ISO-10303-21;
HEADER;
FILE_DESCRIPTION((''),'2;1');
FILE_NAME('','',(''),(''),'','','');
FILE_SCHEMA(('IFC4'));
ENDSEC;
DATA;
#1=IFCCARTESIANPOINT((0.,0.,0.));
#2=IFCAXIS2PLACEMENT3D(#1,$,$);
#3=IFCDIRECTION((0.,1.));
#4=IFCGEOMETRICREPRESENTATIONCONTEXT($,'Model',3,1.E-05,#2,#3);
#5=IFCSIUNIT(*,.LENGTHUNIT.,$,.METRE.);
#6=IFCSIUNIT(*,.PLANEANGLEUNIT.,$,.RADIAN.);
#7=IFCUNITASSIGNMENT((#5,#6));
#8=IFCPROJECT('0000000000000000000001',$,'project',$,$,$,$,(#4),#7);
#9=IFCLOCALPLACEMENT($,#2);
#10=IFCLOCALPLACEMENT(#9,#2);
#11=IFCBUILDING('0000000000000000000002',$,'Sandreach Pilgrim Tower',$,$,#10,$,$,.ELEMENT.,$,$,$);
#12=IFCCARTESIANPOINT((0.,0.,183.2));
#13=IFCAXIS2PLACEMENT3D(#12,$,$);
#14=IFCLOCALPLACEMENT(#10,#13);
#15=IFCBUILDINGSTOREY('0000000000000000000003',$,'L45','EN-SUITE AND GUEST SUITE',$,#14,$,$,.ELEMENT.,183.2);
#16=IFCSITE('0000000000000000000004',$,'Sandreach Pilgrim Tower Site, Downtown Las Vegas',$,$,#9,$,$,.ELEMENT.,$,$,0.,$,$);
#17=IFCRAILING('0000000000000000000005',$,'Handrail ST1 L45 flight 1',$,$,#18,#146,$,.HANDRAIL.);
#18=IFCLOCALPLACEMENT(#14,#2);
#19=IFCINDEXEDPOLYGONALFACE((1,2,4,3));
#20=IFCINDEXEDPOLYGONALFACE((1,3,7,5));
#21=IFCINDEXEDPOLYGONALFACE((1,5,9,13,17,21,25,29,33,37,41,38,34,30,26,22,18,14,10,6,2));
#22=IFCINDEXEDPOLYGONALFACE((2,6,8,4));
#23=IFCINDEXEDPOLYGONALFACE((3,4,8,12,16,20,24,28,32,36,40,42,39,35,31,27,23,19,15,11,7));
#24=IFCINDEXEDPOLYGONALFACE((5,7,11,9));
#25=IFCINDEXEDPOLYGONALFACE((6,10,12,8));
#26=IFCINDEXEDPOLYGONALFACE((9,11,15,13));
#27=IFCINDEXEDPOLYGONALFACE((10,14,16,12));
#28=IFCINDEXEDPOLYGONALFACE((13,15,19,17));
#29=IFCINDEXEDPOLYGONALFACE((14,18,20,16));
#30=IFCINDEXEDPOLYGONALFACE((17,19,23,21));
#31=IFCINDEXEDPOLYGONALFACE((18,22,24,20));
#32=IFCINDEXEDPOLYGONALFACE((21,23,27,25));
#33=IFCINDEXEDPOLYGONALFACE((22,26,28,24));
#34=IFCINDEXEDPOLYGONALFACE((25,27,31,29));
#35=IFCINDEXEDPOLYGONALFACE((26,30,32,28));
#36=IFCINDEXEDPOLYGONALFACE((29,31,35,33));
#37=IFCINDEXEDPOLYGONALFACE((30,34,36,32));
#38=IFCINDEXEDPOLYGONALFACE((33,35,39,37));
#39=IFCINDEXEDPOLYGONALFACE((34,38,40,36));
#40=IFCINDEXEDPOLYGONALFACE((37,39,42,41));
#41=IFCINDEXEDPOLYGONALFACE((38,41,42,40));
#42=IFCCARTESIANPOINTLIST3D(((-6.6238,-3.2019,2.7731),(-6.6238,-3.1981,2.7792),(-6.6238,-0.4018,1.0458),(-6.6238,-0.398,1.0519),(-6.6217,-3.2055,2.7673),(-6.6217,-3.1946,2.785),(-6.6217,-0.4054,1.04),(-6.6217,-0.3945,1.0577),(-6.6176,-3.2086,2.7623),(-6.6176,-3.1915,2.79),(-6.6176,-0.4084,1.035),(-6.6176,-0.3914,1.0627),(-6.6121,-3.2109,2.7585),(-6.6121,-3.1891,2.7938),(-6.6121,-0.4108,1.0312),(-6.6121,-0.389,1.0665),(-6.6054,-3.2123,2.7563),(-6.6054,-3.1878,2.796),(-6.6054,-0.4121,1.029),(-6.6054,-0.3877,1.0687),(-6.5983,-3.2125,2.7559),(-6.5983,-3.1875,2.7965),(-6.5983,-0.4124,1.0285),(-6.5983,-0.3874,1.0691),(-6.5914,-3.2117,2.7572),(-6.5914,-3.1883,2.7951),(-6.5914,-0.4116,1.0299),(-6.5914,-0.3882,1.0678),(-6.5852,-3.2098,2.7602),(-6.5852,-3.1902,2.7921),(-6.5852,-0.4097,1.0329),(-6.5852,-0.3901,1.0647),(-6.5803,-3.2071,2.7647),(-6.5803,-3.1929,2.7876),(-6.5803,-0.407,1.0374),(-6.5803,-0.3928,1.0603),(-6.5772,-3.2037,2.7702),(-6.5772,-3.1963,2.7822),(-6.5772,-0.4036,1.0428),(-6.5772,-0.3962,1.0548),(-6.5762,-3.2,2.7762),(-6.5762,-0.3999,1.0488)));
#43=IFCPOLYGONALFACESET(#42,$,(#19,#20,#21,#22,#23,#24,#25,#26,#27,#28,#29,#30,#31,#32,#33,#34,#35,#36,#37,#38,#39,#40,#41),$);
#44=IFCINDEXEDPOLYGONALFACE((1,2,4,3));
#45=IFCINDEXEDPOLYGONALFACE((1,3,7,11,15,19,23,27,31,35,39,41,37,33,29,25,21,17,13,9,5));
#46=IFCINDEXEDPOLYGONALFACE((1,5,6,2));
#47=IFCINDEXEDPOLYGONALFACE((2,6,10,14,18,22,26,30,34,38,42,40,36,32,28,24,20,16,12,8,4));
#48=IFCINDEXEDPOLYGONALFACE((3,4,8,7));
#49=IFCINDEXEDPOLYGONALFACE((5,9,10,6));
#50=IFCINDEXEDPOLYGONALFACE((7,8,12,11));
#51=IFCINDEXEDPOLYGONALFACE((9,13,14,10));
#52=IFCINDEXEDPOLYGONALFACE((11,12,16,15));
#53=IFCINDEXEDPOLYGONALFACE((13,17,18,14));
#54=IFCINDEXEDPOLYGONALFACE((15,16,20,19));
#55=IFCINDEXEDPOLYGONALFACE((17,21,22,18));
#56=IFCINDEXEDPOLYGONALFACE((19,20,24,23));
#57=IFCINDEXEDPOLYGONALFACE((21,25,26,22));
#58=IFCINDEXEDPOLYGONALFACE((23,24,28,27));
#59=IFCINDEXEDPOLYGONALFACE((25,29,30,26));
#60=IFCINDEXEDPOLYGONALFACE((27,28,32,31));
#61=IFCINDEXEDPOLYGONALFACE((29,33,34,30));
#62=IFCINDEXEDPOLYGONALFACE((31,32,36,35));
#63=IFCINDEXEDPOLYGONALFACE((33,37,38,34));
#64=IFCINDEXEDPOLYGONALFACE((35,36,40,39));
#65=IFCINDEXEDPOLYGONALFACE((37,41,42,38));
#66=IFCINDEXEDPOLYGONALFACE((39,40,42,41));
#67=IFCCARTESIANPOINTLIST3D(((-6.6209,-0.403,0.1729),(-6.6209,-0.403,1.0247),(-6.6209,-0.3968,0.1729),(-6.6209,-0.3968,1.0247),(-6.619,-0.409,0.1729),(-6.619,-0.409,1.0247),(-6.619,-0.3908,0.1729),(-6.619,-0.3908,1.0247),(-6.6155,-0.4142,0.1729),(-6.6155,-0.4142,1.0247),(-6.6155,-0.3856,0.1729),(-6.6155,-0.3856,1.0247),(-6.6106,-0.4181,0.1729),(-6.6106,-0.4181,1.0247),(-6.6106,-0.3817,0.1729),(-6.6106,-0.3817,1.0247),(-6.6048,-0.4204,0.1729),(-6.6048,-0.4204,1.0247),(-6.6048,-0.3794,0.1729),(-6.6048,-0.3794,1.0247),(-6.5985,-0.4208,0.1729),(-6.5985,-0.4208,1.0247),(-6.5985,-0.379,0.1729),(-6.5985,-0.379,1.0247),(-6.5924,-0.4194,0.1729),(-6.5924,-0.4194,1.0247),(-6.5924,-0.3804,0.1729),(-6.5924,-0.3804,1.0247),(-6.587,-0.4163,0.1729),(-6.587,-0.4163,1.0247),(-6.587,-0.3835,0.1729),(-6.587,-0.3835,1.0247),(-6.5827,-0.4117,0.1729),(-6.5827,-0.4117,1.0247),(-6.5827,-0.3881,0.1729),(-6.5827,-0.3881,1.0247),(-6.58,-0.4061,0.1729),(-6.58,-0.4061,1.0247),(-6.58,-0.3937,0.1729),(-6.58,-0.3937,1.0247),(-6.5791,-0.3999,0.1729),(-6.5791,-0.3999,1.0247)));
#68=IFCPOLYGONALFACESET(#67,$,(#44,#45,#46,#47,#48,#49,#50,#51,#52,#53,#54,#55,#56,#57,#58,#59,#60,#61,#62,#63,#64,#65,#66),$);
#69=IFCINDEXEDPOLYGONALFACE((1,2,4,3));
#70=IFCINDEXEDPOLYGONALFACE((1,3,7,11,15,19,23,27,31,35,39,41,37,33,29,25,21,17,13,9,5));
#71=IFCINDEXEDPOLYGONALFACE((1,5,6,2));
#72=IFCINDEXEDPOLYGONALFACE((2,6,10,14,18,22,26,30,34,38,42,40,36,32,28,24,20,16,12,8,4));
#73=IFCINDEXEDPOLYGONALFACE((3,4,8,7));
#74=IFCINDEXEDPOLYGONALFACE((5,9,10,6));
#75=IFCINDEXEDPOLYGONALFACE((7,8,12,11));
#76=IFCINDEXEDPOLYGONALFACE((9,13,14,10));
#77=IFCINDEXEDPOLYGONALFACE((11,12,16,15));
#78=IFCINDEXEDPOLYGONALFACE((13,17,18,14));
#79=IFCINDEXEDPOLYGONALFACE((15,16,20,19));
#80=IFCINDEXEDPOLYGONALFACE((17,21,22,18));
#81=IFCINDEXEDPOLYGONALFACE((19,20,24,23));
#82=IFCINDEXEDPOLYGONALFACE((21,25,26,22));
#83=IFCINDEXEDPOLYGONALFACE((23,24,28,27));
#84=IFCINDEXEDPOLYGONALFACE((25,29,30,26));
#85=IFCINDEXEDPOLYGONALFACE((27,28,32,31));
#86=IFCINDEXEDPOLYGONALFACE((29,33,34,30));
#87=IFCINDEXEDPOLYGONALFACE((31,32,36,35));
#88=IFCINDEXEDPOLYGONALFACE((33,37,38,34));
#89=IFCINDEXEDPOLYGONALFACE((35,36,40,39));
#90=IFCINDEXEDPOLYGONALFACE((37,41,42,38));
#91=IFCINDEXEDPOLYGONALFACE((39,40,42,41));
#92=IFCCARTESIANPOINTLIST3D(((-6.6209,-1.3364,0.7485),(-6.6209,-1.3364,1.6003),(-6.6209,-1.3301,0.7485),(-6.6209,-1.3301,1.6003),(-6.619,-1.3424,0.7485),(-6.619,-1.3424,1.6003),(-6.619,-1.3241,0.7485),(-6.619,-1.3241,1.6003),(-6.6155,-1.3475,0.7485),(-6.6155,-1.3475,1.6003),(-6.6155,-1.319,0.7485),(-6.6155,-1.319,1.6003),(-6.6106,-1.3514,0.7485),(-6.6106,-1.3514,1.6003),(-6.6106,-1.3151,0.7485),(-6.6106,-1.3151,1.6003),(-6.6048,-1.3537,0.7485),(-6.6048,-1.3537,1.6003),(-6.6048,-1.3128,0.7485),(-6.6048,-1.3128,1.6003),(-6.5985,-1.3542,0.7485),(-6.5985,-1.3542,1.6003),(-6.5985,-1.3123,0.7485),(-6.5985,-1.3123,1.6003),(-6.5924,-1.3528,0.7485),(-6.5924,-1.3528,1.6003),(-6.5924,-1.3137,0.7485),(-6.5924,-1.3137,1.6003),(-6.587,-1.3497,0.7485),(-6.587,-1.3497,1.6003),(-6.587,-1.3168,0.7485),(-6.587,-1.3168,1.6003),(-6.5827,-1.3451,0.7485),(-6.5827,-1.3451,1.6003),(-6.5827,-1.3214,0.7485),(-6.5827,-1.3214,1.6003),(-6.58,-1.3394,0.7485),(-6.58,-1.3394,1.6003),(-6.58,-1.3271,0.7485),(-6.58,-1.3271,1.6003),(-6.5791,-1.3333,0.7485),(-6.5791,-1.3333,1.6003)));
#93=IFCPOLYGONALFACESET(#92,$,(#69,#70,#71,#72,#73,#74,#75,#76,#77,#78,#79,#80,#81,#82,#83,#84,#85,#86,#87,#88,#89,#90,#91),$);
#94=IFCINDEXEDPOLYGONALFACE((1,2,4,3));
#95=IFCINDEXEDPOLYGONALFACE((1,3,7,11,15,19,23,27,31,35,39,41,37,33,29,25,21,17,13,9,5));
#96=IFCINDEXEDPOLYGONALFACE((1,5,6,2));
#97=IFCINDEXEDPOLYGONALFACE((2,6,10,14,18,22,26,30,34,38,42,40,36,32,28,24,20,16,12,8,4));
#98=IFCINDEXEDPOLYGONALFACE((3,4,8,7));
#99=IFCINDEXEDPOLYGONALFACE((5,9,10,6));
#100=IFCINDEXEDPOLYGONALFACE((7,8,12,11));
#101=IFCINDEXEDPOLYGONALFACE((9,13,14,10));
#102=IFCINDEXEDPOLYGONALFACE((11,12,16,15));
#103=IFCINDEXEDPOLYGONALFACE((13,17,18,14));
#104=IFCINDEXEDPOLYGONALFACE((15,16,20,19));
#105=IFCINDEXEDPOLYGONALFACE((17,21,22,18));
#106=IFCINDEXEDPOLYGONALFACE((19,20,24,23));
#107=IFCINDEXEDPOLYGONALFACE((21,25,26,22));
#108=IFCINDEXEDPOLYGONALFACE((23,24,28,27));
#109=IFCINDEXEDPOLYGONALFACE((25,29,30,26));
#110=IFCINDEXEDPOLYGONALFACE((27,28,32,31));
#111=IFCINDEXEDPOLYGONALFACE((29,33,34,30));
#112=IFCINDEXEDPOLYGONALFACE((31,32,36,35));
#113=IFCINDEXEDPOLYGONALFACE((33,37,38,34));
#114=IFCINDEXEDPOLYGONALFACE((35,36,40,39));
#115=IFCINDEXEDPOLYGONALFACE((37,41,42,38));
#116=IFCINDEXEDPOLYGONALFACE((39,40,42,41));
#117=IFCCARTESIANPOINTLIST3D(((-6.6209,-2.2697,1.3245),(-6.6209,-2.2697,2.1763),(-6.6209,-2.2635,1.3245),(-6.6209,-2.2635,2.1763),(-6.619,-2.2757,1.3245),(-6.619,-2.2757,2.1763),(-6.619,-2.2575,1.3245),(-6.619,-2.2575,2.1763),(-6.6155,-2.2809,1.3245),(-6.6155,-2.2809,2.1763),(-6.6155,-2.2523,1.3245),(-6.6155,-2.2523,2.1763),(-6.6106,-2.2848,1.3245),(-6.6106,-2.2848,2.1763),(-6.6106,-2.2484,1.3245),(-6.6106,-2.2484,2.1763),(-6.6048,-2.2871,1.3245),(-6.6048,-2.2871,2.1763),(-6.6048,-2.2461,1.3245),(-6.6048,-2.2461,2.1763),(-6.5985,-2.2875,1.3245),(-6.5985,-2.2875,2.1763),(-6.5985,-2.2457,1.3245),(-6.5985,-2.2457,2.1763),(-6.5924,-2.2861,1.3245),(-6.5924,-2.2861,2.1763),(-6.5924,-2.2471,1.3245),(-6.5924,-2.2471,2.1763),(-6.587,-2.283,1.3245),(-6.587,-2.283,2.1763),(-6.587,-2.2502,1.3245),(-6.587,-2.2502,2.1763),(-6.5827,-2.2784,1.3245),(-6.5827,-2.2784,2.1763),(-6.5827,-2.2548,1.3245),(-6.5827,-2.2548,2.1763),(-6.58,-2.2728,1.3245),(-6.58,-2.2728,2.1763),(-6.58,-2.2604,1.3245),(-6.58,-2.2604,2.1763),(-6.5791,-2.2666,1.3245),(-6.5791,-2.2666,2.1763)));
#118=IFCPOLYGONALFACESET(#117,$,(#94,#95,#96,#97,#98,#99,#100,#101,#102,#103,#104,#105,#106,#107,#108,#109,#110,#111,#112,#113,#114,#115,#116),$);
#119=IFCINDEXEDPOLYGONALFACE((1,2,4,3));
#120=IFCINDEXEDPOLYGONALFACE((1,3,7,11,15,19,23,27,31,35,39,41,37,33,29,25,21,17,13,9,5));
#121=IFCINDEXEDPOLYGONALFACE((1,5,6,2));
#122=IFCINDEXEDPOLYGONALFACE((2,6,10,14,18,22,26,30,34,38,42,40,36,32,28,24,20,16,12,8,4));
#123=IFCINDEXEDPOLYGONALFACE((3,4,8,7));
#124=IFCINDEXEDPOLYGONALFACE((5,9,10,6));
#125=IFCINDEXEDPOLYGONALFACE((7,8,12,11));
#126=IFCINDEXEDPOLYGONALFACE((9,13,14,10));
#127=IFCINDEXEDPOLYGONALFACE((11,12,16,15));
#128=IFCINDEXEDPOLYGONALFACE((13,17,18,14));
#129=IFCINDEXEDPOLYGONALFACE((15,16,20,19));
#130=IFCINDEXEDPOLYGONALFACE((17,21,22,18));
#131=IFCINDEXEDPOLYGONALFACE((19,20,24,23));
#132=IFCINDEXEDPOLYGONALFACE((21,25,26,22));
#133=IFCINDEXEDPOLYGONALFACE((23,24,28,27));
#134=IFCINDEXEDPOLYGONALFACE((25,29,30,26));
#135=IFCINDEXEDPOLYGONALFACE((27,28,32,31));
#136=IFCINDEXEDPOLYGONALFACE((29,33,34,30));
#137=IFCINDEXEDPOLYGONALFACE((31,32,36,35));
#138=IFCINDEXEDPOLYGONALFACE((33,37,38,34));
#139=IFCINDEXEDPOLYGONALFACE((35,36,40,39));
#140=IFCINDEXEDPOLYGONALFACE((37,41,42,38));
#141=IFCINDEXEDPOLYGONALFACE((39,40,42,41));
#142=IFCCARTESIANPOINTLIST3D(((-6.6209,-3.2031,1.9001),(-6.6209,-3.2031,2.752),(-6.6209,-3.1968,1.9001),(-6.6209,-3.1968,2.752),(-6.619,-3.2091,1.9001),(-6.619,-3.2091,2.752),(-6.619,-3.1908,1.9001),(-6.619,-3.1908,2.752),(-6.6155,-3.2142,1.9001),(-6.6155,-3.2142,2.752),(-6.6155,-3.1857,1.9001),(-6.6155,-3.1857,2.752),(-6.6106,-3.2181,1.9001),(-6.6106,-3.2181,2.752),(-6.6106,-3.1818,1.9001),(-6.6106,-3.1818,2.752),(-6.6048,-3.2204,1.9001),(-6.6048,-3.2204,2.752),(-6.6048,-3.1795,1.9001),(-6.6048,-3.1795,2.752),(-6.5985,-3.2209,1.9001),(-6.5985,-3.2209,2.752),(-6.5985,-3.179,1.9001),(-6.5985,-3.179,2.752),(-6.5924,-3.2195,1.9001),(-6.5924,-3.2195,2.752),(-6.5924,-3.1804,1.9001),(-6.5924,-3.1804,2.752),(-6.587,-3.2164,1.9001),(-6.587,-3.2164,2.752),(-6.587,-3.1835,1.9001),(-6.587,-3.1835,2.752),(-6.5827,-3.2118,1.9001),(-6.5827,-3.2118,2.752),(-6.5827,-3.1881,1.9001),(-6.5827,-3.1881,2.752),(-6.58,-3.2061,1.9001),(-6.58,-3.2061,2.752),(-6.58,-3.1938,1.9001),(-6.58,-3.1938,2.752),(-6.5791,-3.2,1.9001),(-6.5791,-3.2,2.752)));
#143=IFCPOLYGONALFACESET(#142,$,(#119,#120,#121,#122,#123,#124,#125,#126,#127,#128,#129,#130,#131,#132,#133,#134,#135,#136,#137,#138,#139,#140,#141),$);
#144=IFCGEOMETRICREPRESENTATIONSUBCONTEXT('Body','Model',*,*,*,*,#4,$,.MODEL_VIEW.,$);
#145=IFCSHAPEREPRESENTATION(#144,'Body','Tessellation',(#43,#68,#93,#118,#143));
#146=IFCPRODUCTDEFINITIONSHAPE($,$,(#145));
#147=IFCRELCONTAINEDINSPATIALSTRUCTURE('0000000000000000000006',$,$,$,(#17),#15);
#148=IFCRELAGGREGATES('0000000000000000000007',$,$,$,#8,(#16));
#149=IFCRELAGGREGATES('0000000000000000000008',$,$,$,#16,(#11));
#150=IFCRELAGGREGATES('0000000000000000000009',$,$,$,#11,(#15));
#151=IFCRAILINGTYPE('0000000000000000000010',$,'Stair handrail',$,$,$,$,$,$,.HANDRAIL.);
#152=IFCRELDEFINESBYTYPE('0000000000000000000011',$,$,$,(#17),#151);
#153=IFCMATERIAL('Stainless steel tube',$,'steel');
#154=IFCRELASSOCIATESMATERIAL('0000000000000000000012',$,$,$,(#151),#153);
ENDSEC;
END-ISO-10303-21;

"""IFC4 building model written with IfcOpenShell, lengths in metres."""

from ifc_helpers import new_model, si_unit, direction, frame, origin, origin_2d, place, context, subcontext, project, spatial, circle, extrude, material, type_object, element, save


model = new_model("IFC4")

# Units and contexts
model_context = context("Model", 3, precision=1e-05, world=origin(), true_north=direction((0.0, 1.0)))
body_context = subcontext(model_context, "Body", "Model", "MODEL_VIEW")
ifc_project = project(units=[si_unit("LENGTHUNIT", "METRE"), si_unit("PLANEANGLEUNIT", "RADIAN")], contexts=[model_context])

# Site, building, storey
site_placement = place(None, origin())
site = spatial("IfcSite", under=ifc_project, at=site_placement, Name="Sandreach Pilgrim Tower Site, Downtown Las Vegas", CompositionType="ELEMENT", RefElevation=0.0)
building_placement = place(site_placement, origin())
building = spatial("IfcBuilding", under=site, at=building_placement, Name="Sandreach Pilgrim Tower", CompositionType="ELEMENT")
storey_placement = place(building_placement, frame((0.0, 0.0, 183.2)))
storey = spatial("IfcBuildingStorey", under=building, at=storey_placement, Name="L45", Description="EN-SUITE AND GUEST SUITE", CompositionType="ELEMENT", Elevation=183.2)

# Railing
ifc_material_1 = material(Name="Stainless steel tube", Category="steel")
railing_type = type_object("IfcRailingType", Name="Stair handrail", PredefinedType="HANDRAIL", material=ifc_material_1)
for number, where, name in (
    (1, (-6.6001, -0.3999, 0.1729), "Handrail ST1 L45 flight 1"),
):
    element("IfcRailing", number, at=place(storey_placement, frame(where)), inside=storey, type_object=railing_type, Name=name, PredefinedType="HANDRAIL", context=body_context, shape_type="SweptSolid", body=[
        extrude(circle(Radius=0.0239, at=origin_2d()), frame((0.0, 0.0, 0.876), z_axis=(0.0, -0.85109, 0.52502), x_axis=(1.0, 0.0, 0.0)), (0.0, 0.0, 1.0), 3.29),
        extrude(circle(Radius=0.021, at=origin_2d()), origin(), (0.0, 0.0, 1.0), 0.8518),
        extrude(circle(Radius=0.021, at=origin_2d()), frame((0.0, -0.9333, 0.5757)), (0.0, 0.0, 1.0), 0.8518),
        extrude(circle(Radius=0.021, at=origin_2d()), frame((0.0, -1.8667, 1.1516)), (0.0, 0.0, 1.0), 0.8518),
        extrude(circle(Radius=0.021, at=origin_2d()), frame((0.0, -2.8, 1.7273)), (0.0, 0.0, 1.0), 0.8518),
    ])

save(model, "model.ifc")
